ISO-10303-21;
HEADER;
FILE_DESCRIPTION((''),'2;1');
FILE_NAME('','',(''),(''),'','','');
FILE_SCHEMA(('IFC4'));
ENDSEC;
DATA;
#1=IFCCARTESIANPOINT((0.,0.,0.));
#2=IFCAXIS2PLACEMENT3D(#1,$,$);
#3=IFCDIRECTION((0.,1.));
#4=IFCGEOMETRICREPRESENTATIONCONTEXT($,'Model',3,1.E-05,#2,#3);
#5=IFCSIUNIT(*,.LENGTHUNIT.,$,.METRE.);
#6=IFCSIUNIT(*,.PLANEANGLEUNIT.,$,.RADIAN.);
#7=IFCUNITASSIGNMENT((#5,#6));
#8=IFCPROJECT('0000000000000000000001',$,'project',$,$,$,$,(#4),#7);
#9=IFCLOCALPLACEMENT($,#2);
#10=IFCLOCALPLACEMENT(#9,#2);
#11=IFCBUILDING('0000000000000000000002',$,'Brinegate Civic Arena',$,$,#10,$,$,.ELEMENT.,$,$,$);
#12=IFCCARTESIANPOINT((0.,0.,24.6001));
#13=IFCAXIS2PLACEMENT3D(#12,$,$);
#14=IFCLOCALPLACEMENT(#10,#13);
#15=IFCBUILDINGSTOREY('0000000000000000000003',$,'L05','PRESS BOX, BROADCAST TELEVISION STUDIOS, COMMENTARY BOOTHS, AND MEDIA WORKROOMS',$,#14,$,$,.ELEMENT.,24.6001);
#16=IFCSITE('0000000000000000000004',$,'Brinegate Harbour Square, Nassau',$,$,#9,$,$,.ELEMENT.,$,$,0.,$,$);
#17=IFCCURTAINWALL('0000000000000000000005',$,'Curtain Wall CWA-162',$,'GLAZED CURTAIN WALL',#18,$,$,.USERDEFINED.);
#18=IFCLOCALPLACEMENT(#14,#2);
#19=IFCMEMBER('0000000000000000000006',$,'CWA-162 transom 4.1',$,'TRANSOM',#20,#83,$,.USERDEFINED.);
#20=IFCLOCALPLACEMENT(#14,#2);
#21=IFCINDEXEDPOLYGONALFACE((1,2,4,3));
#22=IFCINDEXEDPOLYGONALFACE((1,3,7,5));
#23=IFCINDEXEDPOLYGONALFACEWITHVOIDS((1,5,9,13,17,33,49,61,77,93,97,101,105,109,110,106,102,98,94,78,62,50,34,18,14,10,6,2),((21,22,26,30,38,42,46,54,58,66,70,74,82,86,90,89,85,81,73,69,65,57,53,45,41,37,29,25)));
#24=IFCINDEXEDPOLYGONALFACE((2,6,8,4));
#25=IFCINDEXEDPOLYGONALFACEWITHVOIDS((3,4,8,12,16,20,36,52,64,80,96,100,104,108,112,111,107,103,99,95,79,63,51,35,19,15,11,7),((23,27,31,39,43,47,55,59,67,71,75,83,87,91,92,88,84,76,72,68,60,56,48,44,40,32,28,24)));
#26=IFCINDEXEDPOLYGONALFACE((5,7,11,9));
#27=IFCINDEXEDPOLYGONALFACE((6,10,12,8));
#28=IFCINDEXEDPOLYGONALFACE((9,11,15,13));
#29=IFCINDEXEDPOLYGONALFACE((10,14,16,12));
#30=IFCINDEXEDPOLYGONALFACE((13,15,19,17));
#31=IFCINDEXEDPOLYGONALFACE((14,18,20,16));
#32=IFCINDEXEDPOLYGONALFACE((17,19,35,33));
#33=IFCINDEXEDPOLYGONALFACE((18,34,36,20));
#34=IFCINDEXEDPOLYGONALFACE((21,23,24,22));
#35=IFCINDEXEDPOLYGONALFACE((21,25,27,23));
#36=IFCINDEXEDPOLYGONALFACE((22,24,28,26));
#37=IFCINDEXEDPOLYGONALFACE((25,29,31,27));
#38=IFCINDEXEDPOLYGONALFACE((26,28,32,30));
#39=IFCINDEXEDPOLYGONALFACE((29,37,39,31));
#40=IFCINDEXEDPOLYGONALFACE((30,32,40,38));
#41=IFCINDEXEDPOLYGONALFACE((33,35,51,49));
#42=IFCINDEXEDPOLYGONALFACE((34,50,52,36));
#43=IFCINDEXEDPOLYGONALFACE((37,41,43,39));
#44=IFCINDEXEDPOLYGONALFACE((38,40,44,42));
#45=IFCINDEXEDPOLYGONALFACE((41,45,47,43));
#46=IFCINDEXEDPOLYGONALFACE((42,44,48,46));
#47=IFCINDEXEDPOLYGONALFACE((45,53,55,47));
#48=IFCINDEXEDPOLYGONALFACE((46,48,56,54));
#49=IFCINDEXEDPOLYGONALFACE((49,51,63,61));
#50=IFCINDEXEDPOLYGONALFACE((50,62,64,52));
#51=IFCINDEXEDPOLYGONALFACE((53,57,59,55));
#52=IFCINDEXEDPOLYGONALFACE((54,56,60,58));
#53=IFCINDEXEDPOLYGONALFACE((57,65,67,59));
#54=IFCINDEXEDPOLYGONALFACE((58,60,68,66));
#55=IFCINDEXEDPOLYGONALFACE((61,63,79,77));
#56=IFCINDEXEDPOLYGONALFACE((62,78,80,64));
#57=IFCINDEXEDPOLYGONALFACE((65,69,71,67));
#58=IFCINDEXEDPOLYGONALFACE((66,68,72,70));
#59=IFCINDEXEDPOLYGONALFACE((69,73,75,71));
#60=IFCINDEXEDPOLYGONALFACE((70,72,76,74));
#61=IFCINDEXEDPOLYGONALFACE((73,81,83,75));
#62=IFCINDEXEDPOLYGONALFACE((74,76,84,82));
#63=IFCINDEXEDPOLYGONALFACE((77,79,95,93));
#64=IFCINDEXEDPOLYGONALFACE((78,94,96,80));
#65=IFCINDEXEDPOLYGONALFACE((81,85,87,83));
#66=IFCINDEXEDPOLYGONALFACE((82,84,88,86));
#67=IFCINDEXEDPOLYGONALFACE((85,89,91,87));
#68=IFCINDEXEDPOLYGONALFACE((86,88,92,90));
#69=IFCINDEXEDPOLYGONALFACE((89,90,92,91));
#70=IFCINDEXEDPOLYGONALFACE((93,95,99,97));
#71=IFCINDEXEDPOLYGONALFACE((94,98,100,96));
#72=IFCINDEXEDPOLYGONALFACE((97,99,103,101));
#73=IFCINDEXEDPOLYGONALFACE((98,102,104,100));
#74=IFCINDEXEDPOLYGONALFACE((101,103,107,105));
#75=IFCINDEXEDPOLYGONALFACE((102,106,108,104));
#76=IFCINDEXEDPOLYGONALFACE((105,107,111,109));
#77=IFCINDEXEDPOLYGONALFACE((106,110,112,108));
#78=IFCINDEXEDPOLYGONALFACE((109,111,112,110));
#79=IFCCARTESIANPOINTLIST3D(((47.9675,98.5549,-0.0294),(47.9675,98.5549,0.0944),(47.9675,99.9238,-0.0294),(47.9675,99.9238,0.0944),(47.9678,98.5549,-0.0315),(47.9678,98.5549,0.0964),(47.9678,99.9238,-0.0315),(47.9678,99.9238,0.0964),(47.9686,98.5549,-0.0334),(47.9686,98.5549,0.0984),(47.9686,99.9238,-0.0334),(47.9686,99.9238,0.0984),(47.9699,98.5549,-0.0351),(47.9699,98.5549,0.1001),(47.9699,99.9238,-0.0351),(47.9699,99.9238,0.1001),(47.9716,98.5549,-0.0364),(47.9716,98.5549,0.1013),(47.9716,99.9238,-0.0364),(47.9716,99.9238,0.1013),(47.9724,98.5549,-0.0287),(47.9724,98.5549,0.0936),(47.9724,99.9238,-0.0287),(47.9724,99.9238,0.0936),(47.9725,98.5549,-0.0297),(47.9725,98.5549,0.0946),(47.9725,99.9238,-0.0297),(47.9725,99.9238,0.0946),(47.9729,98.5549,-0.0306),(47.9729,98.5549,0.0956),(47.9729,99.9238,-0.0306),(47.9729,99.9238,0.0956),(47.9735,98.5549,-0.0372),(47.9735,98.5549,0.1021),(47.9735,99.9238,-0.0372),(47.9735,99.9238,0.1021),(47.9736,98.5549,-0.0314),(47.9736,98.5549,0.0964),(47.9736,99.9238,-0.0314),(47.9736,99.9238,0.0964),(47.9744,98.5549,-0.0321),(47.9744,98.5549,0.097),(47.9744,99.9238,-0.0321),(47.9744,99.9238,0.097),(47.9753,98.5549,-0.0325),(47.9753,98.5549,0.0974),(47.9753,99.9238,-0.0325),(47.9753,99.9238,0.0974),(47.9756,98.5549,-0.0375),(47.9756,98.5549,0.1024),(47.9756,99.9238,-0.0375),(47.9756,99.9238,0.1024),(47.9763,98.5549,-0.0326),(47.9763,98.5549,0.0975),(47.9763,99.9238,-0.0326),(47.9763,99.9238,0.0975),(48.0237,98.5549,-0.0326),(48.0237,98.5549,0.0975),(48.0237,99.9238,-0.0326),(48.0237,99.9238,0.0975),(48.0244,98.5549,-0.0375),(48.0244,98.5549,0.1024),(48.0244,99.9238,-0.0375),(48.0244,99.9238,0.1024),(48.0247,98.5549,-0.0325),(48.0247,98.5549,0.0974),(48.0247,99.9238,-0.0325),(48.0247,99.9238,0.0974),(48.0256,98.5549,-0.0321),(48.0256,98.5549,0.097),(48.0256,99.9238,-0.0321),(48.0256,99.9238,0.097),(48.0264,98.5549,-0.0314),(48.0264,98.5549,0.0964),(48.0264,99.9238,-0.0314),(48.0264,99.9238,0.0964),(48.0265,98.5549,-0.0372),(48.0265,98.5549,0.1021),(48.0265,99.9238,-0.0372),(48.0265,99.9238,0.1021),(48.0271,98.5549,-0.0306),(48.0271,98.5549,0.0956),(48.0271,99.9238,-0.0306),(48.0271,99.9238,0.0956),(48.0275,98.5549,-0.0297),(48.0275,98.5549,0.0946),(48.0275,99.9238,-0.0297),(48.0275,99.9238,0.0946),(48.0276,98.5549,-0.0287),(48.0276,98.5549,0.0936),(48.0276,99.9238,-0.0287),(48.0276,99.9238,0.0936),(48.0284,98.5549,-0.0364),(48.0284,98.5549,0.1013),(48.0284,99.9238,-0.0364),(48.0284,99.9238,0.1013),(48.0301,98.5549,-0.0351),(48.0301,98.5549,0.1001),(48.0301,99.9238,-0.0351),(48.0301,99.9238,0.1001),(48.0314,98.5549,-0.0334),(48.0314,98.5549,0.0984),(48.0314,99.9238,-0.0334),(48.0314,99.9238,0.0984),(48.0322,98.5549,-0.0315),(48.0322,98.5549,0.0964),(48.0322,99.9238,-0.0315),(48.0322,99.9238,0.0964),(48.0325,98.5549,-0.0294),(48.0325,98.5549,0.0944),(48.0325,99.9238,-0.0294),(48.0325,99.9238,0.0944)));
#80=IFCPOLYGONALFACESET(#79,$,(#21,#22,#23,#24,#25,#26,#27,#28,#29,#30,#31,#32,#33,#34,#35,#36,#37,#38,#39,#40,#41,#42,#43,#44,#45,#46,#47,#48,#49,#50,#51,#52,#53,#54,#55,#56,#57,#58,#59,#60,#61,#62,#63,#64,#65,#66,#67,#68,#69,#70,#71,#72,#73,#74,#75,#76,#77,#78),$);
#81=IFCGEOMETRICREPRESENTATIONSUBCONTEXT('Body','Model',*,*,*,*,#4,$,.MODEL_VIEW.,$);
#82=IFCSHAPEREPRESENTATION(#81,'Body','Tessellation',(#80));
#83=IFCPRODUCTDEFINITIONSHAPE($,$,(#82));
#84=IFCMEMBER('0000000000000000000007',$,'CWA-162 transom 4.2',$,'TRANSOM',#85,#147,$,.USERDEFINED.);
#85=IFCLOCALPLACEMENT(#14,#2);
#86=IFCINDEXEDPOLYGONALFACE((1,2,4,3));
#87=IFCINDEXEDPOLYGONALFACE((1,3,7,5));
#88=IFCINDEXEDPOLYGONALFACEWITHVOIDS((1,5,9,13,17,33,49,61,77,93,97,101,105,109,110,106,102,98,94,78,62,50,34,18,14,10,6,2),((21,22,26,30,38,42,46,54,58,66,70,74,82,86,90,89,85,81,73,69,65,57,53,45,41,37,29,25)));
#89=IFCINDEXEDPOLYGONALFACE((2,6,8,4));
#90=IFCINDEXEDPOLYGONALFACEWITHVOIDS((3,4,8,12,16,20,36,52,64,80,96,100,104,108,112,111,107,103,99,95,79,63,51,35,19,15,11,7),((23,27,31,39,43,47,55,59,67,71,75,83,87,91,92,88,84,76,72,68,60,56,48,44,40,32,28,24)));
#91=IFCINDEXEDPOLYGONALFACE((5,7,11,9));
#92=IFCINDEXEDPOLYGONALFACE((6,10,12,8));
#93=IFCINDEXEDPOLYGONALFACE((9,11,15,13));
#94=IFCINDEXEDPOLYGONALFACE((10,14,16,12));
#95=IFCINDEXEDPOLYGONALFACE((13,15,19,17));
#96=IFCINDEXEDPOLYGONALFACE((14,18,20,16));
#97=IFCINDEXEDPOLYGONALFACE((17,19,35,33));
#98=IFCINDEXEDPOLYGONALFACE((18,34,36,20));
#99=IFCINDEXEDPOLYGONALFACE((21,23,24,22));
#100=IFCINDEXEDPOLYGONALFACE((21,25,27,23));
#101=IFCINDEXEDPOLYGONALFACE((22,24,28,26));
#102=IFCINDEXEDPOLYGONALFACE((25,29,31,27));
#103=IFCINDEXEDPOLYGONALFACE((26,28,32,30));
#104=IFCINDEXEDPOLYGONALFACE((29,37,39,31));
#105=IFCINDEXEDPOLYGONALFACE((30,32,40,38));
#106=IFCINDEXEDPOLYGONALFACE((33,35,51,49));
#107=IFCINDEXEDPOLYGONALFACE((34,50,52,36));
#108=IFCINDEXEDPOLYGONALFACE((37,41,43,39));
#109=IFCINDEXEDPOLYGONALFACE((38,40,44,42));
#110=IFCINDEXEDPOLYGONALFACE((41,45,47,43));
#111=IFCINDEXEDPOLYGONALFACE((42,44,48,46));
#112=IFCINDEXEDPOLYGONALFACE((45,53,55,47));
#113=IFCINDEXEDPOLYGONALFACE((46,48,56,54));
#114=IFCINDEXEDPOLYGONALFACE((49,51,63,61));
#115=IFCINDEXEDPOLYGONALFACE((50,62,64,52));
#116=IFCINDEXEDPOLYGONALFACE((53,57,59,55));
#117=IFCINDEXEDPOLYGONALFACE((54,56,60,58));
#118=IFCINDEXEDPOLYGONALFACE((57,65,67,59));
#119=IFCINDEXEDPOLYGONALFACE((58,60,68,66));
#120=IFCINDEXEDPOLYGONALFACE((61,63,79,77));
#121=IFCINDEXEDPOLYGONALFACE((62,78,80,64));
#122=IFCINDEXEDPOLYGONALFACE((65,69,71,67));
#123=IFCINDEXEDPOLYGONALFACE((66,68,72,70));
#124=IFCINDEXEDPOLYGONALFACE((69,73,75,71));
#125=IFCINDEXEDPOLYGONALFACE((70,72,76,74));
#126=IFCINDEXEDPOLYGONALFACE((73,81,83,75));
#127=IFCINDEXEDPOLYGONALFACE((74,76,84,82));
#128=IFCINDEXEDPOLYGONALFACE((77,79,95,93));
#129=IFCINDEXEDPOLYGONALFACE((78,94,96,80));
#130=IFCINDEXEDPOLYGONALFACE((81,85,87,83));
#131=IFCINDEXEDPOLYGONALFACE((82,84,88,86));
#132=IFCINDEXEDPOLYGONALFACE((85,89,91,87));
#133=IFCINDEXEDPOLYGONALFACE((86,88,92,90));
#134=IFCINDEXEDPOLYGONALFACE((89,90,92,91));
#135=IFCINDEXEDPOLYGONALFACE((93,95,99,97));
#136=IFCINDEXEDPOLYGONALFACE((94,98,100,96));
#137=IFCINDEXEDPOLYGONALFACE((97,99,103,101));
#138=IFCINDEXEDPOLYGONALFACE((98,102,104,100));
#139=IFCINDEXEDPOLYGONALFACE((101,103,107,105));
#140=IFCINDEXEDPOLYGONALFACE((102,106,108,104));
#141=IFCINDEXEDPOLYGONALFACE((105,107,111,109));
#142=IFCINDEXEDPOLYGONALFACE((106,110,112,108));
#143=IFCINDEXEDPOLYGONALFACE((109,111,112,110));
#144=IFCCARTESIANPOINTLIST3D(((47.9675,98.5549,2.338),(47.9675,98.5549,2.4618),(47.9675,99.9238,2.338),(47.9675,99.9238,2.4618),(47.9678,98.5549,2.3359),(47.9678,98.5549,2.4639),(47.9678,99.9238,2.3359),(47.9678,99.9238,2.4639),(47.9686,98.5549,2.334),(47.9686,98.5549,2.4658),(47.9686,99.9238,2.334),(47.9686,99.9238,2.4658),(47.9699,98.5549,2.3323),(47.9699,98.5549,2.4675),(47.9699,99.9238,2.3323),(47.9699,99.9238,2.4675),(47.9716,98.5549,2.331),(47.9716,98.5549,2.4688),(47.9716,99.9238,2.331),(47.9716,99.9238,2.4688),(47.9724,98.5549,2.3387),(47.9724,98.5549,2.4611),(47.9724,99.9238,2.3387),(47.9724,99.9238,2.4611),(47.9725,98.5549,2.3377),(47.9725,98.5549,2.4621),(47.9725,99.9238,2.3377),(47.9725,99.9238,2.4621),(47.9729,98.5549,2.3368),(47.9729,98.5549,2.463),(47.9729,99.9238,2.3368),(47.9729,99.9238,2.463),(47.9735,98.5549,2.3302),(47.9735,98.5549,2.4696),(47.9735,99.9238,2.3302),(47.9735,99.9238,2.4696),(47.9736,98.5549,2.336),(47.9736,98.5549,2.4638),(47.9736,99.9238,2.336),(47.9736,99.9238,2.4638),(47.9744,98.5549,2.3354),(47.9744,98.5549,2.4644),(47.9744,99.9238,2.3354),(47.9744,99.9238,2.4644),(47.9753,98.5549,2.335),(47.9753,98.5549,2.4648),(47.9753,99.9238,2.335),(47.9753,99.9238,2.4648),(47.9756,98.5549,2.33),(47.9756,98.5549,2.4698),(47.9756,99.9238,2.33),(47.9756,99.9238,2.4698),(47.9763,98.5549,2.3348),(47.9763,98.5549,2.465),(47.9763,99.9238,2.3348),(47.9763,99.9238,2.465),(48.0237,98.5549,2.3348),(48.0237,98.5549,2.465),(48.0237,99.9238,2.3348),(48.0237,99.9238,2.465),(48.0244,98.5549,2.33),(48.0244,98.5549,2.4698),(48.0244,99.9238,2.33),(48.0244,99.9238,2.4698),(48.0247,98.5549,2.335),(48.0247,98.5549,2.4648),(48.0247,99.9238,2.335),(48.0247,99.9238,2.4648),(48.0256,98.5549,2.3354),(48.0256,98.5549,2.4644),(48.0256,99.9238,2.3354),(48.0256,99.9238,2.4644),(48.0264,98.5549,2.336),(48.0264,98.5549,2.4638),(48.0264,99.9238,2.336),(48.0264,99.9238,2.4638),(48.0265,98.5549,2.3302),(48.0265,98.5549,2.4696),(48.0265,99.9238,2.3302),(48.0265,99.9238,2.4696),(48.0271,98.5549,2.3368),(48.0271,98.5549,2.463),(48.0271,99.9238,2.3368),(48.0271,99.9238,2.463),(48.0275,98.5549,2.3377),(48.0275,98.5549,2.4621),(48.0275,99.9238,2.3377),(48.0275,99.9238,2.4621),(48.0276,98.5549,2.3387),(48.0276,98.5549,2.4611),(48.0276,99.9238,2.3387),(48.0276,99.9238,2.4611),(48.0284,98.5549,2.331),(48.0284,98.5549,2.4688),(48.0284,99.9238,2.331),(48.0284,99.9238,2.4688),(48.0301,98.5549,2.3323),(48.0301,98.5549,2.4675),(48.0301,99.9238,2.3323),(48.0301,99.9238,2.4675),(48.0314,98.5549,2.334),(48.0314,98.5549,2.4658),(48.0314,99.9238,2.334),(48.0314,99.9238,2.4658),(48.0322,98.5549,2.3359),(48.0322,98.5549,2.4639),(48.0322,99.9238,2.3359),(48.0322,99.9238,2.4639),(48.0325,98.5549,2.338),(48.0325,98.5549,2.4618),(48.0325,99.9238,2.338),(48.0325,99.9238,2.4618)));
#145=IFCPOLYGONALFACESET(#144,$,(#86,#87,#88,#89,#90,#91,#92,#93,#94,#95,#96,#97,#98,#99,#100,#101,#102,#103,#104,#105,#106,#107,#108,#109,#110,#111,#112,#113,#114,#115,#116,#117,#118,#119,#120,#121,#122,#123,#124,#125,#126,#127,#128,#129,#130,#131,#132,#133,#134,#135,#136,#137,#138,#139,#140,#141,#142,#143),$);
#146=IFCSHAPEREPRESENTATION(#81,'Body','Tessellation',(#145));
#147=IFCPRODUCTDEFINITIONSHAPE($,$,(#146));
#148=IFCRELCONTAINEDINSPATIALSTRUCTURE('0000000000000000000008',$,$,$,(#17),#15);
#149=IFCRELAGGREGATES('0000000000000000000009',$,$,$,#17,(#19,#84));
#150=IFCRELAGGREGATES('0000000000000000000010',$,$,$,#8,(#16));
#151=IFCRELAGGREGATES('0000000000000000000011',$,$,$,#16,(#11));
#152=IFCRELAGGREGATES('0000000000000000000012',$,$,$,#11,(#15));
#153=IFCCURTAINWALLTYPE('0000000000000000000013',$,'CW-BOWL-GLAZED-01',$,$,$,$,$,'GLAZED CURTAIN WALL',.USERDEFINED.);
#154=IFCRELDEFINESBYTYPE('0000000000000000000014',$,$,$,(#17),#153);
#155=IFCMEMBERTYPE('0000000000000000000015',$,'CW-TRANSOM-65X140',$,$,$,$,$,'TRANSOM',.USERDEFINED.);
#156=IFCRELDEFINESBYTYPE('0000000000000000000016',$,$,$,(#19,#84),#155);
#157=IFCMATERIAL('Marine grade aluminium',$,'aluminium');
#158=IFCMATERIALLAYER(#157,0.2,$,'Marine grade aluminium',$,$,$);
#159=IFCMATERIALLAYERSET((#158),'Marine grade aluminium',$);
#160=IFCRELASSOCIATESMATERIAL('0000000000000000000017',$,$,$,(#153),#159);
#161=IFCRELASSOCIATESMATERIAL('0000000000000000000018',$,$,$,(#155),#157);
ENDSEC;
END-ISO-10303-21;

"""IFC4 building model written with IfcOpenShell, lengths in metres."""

from ifc_helpers import new_model, si_unit, direction, frame, origin, origin_2d, place, context, subcontext, project, spatial, hollow_rectangle, extrude, material, layer, layer_set, material_profile, profile_set, type_object, element, aggregate, save


model = new_model("IFC4")

# Units and contexts
model_context = context("Model", 3, precision=1e-05, world=origin(), true_north=direction((0.0, 1.0)))
body_context = subcontext(model_context, "Body", "Model", "MODEL_VIEW")
ifc_project = project(units=[si_unit("LENGTHUNIT", "METRE"), si_unit("PLANEANGLEUNIT", "RADIAN")], contexts=[model_context])

# Site, building, storey
site_placement = place(None, origin())
site = spatial("IfcSite", under=ifc_project, at=site_placement, Name="Brinegate Harbour Square, Nassau", CompositionType="ELEMENT", RefElevation=0.0)
building_placement = place(site_placement, origin())
building = spatial("IfcBuilding", under=site, at=building_placement, Name="Brinegate Civic Arena", CompositionType="ELEMENT")
storey_placement = place(building_placement, frame((0.0, 0.0, 24.6001)))
storey = spatial("IfcBuildingStorey", under=building, at=storey_placement, Name="L05", Description="PRESS BOX, BROADCAST TELEVISION STUDIOS, COMMENTARY BOOTHS, AND MEDIA WORKROOMS", CompositionType="ELEMENT", Elevation=24.6001)

# Curtain wall, members
ifc_material_1 = material(Name="Marine grade aluminium", Category="aluminium")
ifc_layer_1 = layer(ifc_material_1, 0.2, Name="Marine grade aluminium")
ifc_layer_set_1 = layer_set([ifc_layer_1], Name="Marine grade aluminium")
curtain_wall_type = type_object("IfcCurtainWallType", Name="CW-BOWL-GLAZED-01", ElementType="GLAZED CURTAIN WALL", PredefinedType="USERDEFINED", material=ifc_layer_set_1)
curtain_wall_placement = place(storey_placement, origin())
curtain_wall = element("IfcCurtainWall", 1, at=curtain_wall_placement, inside=storey, type_object=curtain_wall_type, Name="Curtain Wall CWA-162", ObjectType="GLAZED CURTAIN WALL", PredefinedType="USERDEFINED")
ifc_material_profile_1 = material_profile(ifc_material_1, hollow_rectangle(XDim=0.0649, YDim=0.1399, WallThickness=0.0049, InnerFilletRadius=0.0039, OuterFilletRadius=0.0081, at=origin_2d()), Name="TRN65X140")
ifc_profile_set_1 = profile_set([ifc_material_profile_1], Name="Marine grade aluminium")
member_type_1 = type_object("IfcMemberType", Name="CW-TRANSOM-65X140", ElementType="TRANSOM", PredefinedType="USERDEFINED", material=ifc_profile_set_1)
member_1_placement = place(storey_placement, frame((48.0, 98.5549, 0.0325), z_axis=(0.0, 1.0, 0.0), x_axis=(-1.0, 0.0, 0.0)))
member_1 = element("IfcMember", 2, at=member_1_placement, type_object=member_type_1, Name="CWA-162 transom 4.1", ObjectType="TRANSOM", PredefinedType="USERDEFINED", context=body_context, shape_type="SweptSolid", body=[
    extrude(hollow_rectangle(XDim=0.0649, YDim=0.1399, WallThickness=0.0049, InnerFilletRadius=0.0039, OuterFilletRadius=0.0081, at=origin_2d()), origin(), (0.0, 0.0, 1.0), 1.3689),
])
member_2_placement = place(storey_placement, frame((48.0, 98.5549, 2.3999), z_axis=(0.0, 1.0, 0.0), x_axis=(-1.0, 0.0, 0.0)))
member_2 = element("IfcMember", 3, at=member_2_placement, type_object=member_type_1, Name="CWA-162 transom 4.2", ObjectType="TRANSOM", PredefinedType="USERDEFINED", context=body_context, shape_type="SweptSolid", body=[
    extrude(hollow_rectangle(XDim=0.0649, YDim=0.1399, WallThickness=0.0049, InnerFilletRadius=0.0039, OuterFilletRadius=0.0081, at=origin_2d()), origin(), (0.0, 0.0, 1.0), 1.3689),
])

aggregate(curtain_wall, [member_1, member_2])

save(model, "model.ifc")
